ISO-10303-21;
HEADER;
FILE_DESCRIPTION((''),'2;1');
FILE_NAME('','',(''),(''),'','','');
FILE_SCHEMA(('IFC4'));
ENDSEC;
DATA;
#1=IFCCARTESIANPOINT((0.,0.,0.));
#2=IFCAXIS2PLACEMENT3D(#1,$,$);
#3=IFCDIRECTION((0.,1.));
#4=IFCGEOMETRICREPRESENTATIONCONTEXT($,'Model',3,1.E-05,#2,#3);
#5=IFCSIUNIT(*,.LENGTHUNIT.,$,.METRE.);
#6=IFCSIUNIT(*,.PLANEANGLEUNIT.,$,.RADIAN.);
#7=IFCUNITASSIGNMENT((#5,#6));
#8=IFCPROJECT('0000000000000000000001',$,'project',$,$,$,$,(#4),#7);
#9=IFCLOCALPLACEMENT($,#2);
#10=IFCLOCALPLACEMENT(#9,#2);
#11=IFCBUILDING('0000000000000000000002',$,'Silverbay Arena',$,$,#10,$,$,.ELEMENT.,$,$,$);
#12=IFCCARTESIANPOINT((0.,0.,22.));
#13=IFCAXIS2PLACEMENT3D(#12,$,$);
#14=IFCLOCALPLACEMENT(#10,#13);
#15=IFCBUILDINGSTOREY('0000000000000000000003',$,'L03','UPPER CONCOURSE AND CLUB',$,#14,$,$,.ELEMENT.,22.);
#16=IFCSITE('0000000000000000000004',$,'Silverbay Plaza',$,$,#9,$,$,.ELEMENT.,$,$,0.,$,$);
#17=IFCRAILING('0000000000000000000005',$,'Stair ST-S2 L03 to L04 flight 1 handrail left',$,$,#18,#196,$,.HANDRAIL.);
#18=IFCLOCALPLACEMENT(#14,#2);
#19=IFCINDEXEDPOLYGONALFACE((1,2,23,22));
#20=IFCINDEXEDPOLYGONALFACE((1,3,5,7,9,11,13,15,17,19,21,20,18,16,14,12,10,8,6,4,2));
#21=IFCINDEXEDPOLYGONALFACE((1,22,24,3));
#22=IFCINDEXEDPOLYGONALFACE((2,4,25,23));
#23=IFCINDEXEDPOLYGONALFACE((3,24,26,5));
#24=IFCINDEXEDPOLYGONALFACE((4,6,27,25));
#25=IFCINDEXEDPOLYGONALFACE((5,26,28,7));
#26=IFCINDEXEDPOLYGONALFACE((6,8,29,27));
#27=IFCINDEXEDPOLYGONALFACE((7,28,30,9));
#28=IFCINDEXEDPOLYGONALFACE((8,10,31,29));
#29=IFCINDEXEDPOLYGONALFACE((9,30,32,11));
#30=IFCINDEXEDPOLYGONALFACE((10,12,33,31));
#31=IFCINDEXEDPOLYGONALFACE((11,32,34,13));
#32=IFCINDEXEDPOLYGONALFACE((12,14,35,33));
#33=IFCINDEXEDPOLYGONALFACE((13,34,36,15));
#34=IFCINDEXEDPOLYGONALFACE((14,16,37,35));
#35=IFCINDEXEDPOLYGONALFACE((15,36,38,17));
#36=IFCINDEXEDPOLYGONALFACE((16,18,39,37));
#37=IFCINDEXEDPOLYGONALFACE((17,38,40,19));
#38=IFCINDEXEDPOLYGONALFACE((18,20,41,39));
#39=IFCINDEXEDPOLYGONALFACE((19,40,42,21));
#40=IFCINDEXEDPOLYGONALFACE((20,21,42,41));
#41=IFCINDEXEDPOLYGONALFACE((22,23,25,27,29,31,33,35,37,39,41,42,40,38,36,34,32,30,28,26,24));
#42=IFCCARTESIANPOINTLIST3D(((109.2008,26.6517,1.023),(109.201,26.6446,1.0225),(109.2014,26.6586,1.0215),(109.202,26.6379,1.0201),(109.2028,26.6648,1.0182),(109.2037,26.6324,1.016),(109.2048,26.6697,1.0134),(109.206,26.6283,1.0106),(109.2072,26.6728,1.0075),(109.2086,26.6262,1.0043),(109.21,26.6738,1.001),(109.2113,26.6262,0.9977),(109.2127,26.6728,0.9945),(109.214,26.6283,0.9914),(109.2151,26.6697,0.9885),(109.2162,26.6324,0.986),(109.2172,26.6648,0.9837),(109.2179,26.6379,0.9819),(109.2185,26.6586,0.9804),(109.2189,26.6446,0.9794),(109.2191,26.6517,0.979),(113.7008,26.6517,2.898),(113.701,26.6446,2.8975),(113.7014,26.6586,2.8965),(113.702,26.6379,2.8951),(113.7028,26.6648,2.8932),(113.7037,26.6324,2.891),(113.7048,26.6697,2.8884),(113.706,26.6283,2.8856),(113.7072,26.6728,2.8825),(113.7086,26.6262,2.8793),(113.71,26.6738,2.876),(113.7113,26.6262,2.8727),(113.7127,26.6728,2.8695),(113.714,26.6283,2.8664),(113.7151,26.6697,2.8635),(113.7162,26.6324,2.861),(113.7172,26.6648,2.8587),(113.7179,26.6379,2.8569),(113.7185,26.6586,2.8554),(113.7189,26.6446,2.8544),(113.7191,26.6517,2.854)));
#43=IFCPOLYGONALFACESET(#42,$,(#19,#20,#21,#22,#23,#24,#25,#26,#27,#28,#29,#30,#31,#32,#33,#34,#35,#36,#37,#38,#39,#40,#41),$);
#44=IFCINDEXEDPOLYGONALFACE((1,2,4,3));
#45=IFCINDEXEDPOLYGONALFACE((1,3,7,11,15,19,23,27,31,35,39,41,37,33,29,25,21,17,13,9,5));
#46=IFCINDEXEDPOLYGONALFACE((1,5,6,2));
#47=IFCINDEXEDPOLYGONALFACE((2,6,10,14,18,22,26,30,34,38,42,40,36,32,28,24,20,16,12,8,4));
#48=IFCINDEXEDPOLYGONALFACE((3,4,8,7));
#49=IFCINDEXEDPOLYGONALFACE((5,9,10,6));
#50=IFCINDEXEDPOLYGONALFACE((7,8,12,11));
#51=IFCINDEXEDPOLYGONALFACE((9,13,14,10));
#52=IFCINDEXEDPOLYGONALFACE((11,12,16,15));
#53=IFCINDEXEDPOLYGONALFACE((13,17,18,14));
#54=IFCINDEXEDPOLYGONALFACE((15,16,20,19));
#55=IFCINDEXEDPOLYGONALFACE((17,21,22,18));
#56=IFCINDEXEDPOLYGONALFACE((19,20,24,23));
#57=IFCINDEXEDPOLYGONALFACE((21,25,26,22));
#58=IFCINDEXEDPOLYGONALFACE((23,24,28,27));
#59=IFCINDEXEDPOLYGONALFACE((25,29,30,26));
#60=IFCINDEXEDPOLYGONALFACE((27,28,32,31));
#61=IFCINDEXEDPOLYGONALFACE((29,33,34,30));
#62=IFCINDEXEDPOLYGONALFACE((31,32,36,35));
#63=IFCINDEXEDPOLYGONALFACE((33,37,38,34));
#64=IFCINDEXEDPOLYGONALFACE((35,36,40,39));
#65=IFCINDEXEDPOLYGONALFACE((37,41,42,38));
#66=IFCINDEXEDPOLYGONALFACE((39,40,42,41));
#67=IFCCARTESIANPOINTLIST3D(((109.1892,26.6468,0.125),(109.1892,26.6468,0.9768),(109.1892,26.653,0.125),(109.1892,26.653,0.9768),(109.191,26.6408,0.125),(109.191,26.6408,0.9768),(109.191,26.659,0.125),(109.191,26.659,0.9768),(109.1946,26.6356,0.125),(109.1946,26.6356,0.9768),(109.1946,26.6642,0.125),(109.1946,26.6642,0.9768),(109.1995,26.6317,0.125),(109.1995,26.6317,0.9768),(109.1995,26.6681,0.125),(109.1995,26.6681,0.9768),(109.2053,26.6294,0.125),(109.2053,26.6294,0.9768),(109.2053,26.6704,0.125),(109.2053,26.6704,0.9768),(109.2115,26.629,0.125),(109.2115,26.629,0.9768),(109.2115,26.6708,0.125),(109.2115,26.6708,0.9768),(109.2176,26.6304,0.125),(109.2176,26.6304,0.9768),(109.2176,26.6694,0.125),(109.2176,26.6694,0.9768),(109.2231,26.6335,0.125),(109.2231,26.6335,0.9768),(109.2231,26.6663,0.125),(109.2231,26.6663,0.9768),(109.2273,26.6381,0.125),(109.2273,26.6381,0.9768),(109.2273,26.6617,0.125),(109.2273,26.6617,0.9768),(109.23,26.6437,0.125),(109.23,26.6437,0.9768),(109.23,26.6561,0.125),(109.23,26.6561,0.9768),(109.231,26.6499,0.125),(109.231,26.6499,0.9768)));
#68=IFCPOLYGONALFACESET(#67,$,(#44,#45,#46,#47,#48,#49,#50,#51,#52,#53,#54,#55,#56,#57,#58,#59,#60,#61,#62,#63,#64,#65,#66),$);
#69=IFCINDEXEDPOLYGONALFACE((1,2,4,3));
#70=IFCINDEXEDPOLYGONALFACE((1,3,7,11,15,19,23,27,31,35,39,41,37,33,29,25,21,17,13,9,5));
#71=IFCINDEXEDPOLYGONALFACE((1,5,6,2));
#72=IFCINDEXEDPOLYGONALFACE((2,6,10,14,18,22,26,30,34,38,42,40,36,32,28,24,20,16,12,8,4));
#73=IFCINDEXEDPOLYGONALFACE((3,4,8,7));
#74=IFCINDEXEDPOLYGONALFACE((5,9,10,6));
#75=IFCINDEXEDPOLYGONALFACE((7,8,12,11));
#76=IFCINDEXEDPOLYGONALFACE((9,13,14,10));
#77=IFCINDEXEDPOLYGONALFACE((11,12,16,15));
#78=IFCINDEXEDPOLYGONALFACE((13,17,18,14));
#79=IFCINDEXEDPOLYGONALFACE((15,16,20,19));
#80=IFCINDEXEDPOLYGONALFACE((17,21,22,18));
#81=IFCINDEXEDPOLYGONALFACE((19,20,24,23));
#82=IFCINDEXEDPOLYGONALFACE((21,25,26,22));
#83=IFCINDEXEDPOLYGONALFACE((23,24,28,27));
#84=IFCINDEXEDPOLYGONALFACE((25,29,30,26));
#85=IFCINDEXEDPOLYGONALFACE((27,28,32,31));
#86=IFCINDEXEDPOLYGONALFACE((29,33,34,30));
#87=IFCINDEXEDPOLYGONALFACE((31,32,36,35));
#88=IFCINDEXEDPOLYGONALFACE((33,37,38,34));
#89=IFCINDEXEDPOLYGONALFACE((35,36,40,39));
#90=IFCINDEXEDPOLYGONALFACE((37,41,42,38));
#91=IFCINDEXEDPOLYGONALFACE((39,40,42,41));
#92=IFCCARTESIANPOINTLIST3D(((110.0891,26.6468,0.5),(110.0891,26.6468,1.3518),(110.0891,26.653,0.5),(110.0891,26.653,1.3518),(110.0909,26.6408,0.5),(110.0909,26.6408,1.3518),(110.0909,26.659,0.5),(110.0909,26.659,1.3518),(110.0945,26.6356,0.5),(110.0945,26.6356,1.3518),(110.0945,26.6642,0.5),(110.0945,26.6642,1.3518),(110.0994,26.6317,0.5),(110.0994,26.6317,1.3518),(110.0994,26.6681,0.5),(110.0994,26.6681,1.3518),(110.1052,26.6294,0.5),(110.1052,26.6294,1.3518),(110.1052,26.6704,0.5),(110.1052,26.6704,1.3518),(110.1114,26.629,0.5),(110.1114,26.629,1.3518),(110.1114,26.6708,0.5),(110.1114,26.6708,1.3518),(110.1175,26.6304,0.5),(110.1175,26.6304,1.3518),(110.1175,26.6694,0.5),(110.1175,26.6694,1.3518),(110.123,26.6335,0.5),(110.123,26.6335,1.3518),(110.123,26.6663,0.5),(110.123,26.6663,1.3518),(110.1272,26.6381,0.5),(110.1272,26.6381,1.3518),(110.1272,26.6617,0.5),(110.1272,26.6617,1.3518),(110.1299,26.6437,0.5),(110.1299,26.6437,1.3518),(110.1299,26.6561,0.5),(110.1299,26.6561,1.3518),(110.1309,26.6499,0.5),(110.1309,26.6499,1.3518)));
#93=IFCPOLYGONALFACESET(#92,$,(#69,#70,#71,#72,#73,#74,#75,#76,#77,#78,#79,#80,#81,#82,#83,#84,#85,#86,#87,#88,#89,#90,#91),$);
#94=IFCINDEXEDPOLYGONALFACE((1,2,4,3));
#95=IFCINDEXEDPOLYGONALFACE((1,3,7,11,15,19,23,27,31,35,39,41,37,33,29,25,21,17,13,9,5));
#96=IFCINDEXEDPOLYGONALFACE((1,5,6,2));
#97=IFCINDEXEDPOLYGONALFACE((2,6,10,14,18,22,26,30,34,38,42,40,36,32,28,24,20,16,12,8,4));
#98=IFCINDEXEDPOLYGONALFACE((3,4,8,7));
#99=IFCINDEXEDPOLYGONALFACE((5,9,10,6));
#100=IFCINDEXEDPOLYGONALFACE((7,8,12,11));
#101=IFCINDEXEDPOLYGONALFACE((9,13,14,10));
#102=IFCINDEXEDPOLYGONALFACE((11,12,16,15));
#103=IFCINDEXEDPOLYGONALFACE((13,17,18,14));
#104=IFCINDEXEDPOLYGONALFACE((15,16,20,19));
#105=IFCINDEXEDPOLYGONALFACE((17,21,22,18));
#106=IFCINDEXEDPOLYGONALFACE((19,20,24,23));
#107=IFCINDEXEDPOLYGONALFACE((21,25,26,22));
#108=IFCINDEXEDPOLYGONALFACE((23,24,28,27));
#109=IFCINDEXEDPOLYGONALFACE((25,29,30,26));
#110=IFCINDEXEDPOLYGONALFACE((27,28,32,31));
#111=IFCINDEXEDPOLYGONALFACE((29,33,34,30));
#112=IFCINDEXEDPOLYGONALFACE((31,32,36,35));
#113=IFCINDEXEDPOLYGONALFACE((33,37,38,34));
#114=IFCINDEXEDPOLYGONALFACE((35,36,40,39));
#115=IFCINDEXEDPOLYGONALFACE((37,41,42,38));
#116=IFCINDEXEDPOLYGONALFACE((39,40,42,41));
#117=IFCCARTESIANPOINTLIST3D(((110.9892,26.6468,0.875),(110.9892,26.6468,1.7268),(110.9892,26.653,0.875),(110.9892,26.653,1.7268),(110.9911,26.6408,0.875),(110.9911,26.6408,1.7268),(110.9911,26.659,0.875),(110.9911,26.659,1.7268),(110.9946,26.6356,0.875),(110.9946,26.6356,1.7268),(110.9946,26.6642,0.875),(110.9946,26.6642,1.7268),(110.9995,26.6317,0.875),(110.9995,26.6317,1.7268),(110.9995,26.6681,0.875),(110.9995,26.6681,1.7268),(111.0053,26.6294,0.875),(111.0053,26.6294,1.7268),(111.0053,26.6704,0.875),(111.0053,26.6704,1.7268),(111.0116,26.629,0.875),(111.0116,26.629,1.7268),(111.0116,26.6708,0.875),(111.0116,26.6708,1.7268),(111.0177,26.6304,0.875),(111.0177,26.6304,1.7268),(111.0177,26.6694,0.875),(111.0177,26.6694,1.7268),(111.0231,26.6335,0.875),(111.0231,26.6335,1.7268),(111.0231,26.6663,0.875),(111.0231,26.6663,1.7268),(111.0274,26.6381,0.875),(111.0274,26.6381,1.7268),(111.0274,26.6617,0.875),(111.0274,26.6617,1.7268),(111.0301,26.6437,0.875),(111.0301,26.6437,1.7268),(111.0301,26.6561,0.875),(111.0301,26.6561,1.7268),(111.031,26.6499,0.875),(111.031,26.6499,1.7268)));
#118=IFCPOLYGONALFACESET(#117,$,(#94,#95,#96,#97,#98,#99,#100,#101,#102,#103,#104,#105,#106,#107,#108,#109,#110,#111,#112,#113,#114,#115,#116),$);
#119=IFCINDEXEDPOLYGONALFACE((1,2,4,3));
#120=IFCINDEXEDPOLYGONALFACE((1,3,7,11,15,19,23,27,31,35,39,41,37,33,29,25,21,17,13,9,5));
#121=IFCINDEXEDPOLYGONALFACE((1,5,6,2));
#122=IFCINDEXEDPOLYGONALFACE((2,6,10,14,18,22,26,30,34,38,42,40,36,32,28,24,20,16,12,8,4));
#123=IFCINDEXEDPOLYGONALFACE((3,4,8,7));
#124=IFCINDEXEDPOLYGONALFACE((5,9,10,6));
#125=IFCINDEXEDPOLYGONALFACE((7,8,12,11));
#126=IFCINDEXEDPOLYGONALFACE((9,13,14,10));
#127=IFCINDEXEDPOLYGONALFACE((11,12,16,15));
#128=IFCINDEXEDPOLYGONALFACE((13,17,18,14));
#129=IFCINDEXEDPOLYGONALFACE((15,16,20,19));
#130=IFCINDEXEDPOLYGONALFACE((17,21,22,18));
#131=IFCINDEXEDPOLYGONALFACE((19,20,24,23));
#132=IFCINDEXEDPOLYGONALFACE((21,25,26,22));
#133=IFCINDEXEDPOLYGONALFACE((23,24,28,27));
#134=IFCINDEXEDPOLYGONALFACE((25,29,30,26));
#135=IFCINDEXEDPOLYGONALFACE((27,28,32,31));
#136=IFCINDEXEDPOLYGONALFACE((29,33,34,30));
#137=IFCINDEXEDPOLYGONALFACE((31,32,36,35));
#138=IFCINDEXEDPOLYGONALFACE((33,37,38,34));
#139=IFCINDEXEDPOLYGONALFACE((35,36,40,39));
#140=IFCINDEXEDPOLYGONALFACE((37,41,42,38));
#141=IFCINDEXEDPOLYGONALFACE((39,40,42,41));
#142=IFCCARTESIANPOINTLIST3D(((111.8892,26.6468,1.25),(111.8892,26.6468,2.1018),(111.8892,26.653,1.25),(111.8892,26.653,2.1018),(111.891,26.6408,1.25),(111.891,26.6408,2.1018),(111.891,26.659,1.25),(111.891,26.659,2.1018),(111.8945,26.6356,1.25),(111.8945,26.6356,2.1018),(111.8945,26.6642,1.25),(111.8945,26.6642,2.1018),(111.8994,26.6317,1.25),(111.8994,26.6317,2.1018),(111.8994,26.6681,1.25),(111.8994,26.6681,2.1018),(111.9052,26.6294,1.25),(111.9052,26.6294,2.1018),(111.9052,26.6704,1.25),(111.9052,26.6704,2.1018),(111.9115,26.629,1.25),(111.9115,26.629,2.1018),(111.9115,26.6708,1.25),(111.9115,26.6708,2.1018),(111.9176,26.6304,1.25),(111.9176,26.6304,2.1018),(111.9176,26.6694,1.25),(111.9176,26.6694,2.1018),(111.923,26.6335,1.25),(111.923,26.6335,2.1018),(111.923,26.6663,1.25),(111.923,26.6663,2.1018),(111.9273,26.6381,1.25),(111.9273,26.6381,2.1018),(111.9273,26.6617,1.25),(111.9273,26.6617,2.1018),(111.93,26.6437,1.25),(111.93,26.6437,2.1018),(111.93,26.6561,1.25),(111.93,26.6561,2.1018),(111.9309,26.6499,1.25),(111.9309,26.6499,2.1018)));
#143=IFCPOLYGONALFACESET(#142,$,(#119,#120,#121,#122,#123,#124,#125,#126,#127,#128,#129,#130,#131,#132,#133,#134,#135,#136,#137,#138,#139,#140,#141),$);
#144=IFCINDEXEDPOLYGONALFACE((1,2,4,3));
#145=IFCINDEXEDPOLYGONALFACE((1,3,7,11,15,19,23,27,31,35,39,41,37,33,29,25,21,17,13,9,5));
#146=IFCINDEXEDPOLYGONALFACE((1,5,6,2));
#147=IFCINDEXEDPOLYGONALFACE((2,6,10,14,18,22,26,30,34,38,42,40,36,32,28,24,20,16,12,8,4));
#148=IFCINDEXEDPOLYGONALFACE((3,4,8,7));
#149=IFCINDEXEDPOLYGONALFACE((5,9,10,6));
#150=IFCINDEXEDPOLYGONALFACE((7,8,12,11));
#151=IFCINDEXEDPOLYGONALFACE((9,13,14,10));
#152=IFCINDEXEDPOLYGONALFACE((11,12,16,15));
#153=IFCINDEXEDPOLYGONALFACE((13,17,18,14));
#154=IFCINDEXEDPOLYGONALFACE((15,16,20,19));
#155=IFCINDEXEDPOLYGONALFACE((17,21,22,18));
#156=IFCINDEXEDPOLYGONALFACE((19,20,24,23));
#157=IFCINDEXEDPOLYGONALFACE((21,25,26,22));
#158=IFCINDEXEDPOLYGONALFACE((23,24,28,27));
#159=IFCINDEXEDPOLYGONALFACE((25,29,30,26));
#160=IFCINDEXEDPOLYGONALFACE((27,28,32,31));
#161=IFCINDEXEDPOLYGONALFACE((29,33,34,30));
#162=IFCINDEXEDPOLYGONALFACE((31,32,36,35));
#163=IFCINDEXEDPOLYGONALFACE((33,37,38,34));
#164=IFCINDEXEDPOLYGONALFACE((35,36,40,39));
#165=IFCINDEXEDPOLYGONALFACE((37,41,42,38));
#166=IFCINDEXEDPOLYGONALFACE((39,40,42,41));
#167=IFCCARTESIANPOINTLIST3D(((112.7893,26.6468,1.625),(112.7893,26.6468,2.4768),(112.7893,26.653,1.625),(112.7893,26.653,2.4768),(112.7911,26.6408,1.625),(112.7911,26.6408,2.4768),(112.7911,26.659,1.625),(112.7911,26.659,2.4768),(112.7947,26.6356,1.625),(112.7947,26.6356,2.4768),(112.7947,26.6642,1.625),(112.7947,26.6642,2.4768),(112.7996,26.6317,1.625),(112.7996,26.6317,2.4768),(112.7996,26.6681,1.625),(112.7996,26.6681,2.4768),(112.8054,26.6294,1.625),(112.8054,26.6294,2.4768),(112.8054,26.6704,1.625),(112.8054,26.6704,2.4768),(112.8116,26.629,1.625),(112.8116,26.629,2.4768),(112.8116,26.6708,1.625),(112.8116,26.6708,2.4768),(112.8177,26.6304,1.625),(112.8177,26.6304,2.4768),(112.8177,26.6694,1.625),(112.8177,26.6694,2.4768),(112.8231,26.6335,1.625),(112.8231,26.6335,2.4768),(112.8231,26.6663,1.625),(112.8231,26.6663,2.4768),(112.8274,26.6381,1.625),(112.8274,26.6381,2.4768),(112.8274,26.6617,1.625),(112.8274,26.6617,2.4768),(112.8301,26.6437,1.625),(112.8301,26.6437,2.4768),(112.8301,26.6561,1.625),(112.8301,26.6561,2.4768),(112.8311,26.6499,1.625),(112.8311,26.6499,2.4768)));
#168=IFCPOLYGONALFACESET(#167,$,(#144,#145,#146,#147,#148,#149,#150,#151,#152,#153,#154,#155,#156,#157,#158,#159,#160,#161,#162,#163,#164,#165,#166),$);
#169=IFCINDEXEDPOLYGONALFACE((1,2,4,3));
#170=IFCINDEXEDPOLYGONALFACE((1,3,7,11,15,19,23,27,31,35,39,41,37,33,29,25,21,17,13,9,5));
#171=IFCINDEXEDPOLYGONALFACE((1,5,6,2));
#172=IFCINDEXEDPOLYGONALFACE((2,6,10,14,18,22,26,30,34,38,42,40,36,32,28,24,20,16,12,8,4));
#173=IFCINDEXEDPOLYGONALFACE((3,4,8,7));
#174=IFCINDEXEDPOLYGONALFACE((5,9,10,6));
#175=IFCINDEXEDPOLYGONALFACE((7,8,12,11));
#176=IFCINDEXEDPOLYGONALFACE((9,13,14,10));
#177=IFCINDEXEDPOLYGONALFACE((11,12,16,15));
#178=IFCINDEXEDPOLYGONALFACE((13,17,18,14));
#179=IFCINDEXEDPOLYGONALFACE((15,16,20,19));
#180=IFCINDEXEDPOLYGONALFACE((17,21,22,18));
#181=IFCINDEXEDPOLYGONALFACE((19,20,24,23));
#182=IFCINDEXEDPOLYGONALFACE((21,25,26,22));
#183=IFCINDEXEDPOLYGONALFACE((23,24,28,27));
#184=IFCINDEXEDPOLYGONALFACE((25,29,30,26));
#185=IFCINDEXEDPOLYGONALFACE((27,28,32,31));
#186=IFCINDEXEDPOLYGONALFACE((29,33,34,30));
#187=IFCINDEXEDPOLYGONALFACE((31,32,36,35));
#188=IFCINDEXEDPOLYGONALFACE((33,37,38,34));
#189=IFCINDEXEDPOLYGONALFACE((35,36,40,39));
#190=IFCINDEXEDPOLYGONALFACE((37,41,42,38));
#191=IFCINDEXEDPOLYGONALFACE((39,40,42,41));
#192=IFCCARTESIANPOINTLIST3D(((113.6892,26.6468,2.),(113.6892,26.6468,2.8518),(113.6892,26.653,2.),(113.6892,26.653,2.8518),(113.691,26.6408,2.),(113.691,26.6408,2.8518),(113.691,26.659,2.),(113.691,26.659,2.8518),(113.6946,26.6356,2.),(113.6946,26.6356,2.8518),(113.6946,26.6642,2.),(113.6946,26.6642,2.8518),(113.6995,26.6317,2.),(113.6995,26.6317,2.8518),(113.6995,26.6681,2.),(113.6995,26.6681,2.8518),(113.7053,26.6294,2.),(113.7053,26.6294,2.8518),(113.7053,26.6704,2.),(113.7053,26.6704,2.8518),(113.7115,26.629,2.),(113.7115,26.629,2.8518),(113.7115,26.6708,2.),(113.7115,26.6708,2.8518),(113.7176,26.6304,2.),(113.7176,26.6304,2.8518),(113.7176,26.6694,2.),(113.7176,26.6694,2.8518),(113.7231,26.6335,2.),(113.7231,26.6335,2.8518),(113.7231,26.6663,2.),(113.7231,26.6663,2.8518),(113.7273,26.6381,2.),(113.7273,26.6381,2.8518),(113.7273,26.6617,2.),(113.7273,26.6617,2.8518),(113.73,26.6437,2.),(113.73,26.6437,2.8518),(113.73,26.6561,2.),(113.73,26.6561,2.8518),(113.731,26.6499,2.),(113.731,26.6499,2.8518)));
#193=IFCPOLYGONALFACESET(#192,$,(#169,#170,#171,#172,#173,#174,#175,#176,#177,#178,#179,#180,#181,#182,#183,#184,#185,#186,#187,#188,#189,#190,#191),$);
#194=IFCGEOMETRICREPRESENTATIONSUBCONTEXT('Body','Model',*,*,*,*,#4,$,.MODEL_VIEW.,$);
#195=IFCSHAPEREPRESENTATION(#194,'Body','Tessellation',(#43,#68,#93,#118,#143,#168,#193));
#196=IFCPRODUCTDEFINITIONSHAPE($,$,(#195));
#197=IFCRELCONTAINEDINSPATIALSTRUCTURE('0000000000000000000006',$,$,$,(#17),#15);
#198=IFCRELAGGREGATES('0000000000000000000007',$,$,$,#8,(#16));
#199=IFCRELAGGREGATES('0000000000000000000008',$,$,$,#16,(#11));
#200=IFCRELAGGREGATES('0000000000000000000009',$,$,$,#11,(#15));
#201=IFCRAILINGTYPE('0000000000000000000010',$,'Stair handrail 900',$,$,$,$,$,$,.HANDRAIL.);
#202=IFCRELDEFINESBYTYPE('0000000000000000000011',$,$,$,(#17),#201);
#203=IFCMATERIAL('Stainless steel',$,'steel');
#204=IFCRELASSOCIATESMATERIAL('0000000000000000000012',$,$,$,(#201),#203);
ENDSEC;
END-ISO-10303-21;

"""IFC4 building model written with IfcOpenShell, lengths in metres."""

from ifc_helpers import new_model, si_unit, direction, frame, origin, origin_2d, place, context, subcontext, project, spatial, circle, extrude, material, type_object, element, save


model = new_model("IFC4")

# Units and contexts
model_context = context("Model", 3, precision=1e-05, world=origin(), true_north=direction((0.0, 1.0)))
body_context = subcontext(model_context, "Body", "Model", "MODEL_VIEW")
ifc_project = project(units=[si_unit("LENGTHUNIT", "METRE"), si_unit("PLANEANGLEUNIT", "RADIAN")], contexts=[model_context])

# Site, building, storey
site_placement = place(None, origin())
site = spatial("IfcSite", under=ifc_project, at=site_placement, Name="Silverbay Plaza", CompositionType="ELEMENT", RefElevation=0.0)
building_placement = place(site_placement, origin())
building = spatial("IfcBuilding", under=site, at=building_placement, Name="Silverbay Arena", CompositionType="ELEMENT")
storey_placement = place(building_placement, frame((0.0, 0.0, 22.0)))
storey = spatial("IfcBuildingStorey", under=building, at=storey_placement, Name="L03", Description="UPPER CONCOURSE AND CLUB", CompositionType="ELEMENT", Elevation=22.0)

# Railing
ifc_material_1 = material(Name="Stainless steel", Category="steel")
railing_type_1 = type_object("IfcRailingType", Name="Stair handrail 900", PredefinedType="HANDRAIL", material=ifc_material_1)
for number, where, name in (
    (1, (109.21, 26.6499, 0.125), "Stair ST-S2 L03 to L04 flight 1 handrail left"),
):
    element("IfcRailing", number, at=place(storey_placement, frame(where)), inside=storey, type_object=railing_type_1, Name=name, PredefinedType="HANDRAIL", context=body_context, shape_type="SweptSolid", body=[
        extrude(circle(Radius=0.0239, at=origin_2d()), frame((0.0, 0.0, 0.876), z_axis=(0.923077, 0.0, 0.384615), x_axis=(0.0, 1.0, 0.0)), (0.0, 0.0, 1.0), 4.875),
        extrude(circle(Radius=0.021, at=origin_2d()), origin(), (0.0, 0.0, 1.0), 0.8518),
        extrude(circle(Radius=0.021, at=origin_2d()), frame((0.8999, 0.0, 0.375)), (0.0, 0.0, 1.0), 0.8518),
        extrude(circle(Radius=0.021, at=origin_2d()), frame((1.8, 0.0, 0.75)), (0.0, 0.0, 1.0), 0.8518),
        extrude(circle(Radius=0.021, at=origin_2d()), frame((2.7, 0.0, 1.125)), (0.0, 0.0, 1.0), 0.8518),
        extrude(circle(Radius=0.021, at=origin_2d()), frame((3.6001, 0.0, 1.5)), (0.0, 0.0, 1.0), 0.8518),
        extrude(circle(Radius=0.021, at=origin_2d()), frame((4.5, 0.0, 1.875)), (0.0, 0.0, 1.0), 0.8518),
    ])

save(model, "model.ifc")
